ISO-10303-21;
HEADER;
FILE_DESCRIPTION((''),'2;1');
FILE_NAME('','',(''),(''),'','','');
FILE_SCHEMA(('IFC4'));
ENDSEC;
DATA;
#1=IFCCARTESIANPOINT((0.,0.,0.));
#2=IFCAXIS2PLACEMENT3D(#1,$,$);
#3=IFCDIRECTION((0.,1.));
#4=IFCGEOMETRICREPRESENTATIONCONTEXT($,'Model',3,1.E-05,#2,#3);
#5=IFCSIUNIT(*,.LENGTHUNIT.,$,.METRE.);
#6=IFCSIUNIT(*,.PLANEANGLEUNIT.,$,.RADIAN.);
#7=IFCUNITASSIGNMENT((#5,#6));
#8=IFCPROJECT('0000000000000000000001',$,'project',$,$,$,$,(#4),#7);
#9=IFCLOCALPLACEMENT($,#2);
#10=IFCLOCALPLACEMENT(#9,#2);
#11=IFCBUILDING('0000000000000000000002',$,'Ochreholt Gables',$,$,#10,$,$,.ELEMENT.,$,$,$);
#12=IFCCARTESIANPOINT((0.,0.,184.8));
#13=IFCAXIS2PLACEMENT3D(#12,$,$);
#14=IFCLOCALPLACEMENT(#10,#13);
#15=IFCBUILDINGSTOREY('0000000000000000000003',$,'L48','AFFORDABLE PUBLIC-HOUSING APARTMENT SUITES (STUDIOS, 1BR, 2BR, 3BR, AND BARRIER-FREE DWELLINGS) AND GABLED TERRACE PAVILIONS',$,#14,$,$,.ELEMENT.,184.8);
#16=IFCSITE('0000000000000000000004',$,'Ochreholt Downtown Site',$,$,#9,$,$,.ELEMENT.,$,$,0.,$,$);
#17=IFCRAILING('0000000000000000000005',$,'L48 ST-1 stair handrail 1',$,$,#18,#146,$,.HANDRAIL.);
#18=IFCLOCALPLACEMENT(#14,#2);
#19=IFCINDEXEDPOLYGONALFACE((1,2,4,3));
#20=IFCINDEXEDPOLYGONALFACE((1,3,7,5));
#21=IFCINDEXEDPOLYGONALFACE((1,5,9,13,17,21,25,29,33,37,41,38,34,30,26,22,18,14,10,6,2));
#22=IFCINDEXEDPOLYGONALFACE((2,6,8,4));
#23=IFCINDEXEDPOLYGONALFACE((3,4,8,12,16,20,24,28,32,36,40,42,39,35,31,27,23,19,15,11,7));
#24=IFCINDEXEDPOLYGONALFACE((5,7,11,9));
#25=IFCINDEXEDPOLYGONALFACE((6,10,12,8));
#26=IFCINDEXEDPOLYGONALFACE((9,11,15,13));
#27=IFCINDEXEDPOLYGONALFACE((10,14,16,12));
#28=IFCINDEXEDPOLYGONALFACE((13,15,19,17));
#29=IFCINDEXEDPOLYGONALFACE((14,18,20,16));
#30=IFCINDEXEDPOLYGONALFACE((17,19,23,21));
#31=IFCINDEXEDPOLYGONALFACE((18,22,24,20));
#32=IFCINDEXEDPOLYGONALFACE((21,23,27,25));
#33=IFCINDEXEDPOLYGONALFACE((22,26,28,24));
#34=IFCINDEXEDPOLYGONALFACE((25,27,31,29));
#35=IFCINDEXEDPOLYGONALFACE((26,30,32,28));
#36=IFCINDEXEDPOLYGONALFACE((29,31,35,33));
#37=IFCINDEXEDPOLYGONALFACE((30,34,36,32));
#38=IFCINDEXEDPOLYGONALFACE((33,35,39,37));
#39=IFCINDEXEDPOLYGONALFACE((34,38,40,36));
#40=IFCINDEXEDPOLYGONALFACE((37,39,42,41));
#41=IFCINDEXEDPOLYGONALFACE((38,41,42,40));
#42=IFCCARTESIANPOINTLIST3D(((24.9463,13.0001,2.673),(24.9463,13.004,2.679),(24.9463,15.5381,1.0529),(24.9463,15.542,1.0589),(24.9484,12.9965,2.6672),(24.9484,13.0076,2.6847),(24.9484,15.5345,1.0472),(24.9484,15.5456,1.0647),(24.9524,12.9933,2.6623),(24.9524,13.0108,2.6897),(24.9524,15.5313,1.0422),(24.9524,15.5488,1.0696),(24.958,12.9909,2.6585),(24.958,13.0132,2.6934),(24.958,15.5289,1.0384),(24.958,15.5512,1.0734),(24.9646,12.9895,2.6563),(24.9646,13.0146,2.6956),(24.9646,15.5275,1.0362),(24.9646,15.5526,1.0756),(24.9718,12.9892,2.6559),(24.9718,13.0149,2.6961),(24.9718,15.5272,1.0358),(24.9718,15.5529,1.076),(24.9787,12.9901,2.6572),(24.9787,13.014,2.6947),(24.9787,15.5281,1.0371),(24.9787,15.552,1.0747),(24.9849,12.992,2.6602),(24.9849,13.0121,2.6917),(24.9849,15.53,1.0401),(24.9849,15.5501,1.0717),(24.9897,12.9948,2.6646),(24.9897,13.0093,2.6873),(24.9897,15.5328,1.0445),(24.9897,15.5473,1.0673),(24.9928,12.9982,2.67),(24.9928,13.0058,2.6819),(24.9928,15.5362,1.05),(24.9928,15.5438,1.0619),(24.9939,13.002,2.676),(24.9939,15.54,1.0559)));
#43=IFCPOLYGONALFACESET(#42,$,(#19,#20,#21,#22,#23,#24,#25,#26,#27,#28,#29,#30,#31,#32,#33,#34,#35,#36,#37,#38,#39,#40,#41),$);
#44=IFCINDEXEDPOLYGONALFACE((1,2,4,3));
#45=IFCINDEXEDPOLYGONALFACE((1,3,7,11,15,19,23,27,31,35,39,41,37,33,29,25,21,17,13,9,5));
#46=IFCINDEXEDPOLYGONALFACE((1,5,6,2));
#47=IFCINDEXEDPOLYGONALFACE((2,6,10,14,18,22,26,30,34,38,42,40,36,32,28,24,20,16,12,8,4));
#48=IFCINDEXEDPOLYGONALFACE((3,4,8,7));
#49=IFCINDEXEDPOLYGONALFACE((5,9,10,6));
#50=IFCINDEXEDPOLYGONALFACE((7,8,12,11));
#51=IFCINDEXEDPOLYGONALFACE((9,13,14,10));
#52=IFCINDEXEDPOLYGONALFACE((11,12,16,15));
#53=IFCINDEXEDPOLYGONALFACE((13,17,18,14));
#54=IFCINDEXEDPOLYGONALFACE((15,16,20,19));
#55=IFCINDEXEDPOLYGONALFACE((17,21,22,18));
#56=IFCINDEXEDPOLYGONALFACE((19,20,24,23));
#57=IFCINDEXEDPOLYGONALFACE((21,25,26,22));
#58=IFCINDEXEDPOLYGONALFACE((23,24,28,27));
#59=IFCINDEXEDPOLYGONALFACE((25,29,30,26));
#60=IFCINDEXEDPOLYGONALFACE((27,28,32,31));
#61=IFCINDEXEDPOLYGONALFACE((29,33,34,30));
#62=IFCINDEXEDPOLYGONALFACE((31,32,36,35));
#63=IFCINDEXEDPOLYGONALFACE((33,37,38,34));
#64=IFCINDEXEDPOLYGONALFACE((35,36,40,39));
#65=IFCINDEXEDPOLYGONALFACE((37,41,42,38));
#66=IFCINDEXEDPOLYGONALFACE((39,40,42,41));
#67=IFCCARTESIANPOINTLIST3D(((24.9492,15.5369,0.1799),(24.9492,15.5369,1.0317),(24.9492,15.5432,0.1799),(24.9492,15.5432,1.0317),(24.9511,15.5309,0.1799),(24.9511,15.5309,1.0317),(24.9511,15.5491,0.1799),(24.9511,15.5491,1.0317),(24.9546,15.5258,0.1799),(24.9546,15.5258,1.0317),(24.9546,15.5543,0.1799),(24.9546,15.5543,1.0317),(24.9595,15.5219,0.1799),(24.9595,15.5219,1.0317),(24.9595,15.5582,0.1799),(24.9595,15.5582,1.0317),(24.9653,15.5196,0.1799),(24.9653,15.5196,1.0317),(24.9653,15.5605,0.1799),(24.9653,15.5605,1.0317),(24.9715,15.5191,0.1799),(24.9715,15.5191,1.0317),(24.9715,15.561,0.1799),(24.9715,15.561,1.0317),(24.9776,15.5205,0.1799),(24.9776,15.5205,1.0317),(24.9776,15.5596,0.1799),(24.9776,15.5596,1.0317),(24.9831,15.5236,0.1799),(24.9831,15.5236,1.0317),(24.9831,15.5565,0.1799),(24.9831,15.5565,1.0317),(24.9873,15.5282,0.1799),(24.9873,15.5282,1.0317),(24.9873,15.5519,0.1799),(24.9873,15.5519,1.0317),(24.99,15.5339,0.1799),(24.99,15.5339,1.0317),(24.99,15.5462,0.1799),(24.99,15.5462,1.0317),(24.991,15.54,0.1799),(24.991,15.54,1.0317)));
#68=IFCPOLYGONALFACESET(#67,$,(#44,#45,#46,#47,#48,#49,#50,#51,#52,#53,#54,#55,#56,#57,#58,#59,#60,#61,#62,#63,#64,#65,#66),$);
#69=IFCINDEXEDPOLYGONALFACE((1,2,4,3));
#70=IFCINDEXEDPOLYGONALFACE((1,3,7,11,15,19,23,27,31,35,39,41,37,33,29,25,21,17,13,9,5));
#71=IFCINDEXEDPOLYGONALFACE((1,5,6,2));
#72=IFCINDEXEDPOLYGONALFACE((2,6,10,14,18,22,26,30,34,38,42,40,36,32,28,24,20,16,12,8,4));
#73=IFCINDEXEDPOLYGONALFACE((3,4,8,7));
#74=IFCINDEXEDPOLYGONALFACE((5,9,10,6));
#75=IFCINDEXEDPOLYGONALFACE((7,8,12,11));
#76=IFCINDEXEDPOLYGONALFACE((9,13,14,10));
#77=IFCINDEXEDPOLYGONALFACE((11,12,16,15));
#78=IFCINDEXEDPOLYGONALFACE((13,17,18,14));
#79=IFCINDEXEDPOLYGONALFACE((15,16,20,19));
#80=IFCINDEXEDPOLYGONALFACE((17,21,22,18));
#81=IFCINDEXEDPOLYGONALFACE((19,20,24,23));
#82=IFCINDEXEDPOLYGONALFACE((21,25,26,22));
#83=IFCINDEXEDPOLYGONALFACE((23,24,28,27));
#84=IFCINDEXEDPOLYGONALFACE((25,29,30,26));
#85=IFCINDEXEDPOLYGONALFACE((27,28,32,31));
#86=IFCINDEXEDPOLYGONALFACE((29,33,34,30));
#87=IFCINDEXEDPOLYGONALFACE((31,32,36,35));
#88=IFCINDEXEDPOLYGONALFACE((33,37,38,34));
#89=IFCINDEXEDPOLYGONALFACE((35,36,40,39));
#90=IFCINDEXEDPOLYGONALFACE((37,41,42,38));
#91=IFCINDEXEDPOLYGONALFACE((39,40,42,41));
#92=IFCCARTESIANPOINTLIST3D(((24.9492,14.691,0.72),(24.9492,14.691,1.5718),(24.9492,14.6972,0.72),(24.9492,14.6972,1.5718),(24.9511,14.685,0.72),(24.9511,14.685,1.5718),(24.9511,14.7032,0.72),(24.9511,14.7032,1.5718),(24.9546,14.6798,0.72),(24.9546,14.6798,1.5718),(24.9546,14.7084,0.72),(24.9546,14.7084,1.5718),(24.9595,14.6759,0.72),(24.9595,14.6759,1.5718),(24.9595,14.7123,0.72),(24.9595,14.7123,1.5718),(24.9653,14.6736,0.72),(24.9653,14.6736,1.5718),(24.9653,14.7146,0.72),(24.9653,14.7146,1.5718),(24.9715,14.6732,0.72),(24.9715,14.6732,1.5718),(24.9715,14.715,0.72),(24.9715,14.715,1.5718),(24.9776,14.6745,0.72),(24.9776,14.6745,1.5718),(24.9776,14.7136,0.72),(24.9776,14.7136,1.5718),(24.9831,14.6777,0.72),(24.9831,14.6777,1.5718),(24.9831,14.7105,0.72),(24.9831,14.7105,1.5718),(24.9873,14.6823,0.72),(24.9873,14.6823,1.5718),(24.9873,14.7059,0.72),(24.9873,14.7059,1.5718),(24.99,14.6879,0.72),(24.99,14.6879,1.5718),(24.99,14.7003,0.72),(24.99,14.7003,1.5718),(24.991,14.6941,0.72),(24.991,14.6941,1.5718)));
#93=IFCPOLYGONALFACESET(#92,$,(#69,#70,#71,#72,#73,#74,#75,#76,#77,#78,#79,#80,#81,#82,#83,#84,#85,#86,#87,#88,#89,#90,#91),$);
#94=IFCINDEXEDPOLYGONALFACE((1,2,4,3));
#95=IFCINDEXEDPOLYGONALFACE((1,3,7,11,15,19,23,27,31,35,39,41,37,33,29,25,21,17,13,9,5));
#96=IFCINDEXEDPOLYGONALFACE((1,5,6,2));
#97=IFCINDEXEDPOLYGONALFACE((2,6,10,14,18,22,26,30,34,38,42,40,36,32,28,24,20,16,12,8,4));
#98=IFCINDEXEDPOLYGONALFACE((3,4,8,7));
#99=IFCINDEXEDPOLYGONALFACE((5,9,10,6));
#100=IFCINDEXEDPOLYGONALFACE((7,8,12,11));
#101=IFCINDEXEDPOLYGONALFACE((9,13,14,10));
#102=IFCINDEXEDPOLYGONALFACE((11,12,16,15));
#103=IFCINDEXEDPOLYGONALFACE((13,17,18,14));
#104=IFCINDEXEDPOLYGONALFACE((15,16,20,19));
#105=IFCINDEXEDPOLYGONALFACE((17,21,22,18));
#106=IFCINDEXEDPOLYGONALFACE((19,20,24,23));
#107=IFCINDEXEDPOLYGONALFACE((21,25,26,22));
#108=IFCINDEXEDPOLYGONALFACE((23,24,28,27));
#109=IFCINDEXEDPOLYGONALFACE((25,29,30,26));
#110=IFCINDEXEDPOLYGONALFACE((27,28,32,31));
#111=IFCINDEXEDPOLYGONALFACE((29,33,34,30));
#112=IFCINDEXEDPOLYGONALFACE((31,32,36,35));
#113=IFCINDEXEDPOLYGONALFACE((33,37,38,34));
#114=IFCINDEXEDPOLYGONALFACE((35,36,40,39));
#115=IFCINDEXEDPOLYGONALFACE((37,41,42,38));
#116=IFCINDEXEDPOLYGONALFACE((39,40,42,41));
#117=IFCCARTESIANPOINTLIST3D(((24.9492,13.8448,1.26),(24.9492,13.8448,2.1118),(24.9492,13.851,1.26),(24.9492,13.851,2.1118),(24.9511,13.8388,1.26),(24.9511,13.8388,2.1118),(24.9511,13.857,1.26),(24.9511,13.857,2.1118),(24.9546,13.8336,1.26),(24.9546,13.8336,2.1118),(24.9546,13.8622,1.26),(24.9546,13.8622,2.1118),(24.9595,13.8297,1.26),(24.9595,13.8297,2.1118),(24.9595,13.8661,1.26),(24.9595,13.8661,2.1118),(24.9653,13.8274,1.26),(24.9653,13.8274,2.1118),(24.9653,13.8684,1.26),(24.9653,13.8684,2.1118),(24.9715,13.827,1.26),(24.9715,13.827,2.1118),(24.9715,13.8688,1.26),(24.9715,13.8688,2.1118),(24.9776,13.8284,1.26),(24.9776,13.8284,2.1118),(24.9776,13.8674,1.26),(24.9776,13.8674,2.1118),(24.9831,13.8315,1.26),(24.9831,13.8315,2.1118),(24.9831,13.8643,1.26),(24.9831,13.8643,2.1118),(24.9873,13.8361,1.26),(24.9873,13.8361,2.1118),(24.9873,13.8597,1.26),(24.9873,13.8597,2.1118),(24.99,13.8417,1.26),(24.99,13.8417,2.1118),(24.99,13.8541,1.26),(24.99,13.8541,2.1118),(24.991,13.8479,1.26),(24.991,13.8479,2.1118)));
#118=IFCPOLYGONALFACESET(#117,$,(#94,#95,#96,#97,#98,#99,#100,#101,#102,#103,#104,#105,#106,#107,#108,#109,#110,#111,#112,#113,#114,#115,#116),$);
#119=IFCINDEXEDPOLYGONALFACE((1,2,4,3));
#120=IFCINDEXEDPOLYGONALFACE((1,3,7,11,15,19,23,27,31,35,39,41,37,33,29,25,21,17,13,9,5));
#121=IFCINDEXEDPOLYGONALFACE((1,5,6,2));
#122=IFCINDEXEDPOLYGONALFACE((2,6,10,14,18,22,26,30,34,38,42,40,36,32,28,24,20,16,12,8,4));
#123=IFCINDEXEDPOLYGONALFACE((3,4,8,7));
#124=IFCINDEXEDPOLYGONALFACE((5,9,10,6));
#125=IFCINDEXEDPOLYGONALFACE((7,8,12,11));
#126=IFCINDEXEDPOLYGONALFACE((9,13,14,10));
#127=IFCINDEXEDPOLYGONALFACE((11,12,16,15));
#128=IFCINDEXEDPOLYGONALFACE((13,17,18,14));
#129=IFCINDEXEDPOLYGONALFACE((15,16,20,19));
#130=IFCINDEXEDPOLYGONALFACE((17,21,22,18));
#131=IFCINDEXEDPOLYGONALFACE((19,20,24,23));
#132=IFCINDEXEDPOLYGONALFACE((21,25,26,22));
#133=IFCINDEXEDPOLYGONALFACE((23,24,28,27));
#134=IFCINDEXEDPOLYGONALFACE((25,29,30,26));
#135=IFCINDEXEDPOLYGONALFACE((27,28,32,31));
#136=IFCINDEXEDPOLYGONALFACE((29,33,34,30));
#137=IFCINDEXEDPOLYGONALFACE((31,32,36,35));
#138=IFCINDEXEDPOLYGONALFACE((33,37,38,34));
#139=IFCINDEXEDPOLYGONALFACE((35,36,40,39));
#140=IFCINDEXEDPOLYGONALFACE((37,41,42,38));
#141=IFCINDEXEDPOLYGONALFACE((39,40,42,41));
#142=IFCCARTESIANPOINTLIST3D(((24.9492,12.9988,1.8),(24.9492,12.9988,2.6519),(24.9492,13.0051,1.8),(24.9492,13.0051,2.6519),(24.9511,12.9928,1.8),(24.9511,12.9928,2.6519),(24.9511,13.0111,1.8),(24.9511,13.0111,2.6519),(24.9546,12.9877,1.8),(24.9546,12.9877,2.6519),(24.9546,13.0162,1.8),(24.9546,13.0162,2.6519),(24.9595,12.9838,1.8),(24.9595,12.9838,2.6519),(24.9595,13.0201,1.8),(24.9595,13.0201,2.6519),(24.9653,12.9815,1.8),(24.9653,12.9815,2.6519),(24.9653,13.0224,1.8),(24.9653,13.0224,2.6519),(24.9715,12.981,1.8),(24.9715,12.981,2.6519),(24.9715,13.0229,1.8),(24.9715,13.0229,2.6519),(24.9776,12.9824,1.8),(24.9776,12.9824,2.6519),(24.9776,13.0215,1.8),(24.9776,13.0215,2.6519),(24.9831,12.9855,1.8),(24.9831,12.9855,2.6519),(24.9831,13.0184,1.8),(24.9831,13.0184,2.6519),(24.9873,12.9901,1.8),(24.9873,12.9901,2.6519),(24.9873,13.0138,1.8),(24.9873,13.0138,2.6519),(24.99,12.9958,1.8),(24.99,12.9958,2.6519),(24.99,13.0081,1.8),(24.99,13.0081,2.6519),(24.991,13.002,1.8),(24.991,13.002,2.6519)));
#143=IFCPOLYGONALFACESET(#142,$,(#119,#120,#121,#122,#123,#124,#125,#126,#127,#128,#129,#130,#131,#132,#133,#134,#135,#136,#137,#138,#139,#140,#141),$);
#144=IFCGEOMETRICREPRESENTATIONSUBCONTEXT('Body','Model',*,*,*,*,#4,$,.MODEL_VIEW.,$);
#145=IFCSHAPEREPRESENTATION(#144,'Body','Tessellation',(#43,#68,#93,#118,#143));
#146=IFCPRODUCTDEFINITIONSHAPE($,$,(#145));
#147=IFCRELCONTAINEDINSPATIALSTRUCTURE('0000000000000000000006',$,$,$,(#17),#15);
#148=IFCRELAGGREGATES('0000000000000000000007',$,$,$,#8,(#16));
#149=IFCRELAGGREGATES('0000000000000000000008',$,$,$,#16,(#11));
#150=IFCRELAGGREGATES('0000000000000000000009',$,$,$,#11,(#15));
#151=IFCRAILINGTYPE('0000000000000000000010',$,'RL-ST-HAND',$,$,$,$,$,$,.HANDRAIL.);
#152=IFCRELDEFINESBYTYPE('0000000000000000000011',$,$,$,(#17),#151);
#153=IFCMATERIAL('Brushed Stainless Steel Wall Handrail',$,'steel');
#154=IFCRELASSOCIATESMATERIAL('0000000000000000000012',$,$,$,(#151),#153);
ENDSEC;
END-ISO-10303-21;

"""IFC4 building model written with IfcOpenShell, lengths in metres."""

from ifc_helpers import new_model, si_unit, direction, frame, origin, origin_2d, place, context, subcontext, project, spatial, circle, extrude, material, type_object, element, save


model = new_model("IFC4")

# Units and contexts
model_context = context("Model", 3, precision=1e-05, world=origin(), true_north=direction((0.0, 1.0)))
body_context = subcontext(model_context, "Body", "Model", "MODEL_VIEW")
ifc_project = project(units=[si_unit("LENGTHUNIT", "METRE"), si_unit("PLANEANGLEUNIT", "RADIAN")], contexts=[model_context])

# Site, building, storey
site_placement = place(None, origin())
site = spatial("IfcSite", under=ifc_project, at=site_placement, Name="Ochreholt Downtown Site", CompositionType="ELEMENT", RefElevation=0.0)
building_placement = place(site_placement, origin())
building = spatial("IfcBuilding", under=site, at=building_placement, Name="Ochreholt Gables", CompositionType="ELEMENT")
storey_placement = place(building_placement, frame((0.0, 0.0, 184.8)))
storey = spatial("IfcBuildingStorey", under=building, at=storey_placement, Name="L48", Description="AFFORDABLE PUBLIC-HOUSING APARTMENT SUITES (STUDIOS, 1BR, 2BR, 3BR, AND BARRIER-FREE DWELLINGS) AND GABLED TERRACE PAVILIONS", CompositionType="ELEMENT", Elevation=184.8)

# Railing
ifc_material_1 = material(Name="Brushed Stainless Steel Wall Handrail", Category="steel")
railing_type_1 = type_object("IfcRailingType", Name="RL-ST-HAND", PredefinedType="HANDRAIL", material=ifc_material_1)
railing_1_placement = place(storey_placement, frame((24.97, 15.54, 0.1799)))
element("IfcRailing", 1, at=railing_1_placement, inside=storey, type_object=railing_type_1, Name="L48 ST-1 stair handrail 1", PredefinedType="HANDRAIL", context=body_context, shape_type="SweptSolid", body=[
    extrude(circle(Radius=0.0239, at=origin_2d()), frame((0.0, 0.0, 0.876), z_axis=(0.0, -0.842913, 0.53805), x_axis=(1.0, 0.0, 0.0)), (0.0, 0.0, 1.0), 3.011),
    extrude(circle(Radius=0.021, at=origin_2d()), origin(), (0.0, 0.0, 1.0), 0.8518),
    extrude(circle(Radius=0.021, at=origin_2d()), frame((0.0, -0.8459, 0.54)), (0.0, 0.0, 1.0), 0.8518),
    extrude(circle(Radius=0.021, at=origin_2d()), frame((0.0, -1.6921, 1.0801)), (0.0, 0.0, 1.0), 0.8518),
    extrude(circle(Radius=0.021, at=origin_2d()), frame((0.0, -2.5381, 1.6201)), (0.0, 0.0, 1.0), 0.8518),
])

save(model, "model.ifc")
